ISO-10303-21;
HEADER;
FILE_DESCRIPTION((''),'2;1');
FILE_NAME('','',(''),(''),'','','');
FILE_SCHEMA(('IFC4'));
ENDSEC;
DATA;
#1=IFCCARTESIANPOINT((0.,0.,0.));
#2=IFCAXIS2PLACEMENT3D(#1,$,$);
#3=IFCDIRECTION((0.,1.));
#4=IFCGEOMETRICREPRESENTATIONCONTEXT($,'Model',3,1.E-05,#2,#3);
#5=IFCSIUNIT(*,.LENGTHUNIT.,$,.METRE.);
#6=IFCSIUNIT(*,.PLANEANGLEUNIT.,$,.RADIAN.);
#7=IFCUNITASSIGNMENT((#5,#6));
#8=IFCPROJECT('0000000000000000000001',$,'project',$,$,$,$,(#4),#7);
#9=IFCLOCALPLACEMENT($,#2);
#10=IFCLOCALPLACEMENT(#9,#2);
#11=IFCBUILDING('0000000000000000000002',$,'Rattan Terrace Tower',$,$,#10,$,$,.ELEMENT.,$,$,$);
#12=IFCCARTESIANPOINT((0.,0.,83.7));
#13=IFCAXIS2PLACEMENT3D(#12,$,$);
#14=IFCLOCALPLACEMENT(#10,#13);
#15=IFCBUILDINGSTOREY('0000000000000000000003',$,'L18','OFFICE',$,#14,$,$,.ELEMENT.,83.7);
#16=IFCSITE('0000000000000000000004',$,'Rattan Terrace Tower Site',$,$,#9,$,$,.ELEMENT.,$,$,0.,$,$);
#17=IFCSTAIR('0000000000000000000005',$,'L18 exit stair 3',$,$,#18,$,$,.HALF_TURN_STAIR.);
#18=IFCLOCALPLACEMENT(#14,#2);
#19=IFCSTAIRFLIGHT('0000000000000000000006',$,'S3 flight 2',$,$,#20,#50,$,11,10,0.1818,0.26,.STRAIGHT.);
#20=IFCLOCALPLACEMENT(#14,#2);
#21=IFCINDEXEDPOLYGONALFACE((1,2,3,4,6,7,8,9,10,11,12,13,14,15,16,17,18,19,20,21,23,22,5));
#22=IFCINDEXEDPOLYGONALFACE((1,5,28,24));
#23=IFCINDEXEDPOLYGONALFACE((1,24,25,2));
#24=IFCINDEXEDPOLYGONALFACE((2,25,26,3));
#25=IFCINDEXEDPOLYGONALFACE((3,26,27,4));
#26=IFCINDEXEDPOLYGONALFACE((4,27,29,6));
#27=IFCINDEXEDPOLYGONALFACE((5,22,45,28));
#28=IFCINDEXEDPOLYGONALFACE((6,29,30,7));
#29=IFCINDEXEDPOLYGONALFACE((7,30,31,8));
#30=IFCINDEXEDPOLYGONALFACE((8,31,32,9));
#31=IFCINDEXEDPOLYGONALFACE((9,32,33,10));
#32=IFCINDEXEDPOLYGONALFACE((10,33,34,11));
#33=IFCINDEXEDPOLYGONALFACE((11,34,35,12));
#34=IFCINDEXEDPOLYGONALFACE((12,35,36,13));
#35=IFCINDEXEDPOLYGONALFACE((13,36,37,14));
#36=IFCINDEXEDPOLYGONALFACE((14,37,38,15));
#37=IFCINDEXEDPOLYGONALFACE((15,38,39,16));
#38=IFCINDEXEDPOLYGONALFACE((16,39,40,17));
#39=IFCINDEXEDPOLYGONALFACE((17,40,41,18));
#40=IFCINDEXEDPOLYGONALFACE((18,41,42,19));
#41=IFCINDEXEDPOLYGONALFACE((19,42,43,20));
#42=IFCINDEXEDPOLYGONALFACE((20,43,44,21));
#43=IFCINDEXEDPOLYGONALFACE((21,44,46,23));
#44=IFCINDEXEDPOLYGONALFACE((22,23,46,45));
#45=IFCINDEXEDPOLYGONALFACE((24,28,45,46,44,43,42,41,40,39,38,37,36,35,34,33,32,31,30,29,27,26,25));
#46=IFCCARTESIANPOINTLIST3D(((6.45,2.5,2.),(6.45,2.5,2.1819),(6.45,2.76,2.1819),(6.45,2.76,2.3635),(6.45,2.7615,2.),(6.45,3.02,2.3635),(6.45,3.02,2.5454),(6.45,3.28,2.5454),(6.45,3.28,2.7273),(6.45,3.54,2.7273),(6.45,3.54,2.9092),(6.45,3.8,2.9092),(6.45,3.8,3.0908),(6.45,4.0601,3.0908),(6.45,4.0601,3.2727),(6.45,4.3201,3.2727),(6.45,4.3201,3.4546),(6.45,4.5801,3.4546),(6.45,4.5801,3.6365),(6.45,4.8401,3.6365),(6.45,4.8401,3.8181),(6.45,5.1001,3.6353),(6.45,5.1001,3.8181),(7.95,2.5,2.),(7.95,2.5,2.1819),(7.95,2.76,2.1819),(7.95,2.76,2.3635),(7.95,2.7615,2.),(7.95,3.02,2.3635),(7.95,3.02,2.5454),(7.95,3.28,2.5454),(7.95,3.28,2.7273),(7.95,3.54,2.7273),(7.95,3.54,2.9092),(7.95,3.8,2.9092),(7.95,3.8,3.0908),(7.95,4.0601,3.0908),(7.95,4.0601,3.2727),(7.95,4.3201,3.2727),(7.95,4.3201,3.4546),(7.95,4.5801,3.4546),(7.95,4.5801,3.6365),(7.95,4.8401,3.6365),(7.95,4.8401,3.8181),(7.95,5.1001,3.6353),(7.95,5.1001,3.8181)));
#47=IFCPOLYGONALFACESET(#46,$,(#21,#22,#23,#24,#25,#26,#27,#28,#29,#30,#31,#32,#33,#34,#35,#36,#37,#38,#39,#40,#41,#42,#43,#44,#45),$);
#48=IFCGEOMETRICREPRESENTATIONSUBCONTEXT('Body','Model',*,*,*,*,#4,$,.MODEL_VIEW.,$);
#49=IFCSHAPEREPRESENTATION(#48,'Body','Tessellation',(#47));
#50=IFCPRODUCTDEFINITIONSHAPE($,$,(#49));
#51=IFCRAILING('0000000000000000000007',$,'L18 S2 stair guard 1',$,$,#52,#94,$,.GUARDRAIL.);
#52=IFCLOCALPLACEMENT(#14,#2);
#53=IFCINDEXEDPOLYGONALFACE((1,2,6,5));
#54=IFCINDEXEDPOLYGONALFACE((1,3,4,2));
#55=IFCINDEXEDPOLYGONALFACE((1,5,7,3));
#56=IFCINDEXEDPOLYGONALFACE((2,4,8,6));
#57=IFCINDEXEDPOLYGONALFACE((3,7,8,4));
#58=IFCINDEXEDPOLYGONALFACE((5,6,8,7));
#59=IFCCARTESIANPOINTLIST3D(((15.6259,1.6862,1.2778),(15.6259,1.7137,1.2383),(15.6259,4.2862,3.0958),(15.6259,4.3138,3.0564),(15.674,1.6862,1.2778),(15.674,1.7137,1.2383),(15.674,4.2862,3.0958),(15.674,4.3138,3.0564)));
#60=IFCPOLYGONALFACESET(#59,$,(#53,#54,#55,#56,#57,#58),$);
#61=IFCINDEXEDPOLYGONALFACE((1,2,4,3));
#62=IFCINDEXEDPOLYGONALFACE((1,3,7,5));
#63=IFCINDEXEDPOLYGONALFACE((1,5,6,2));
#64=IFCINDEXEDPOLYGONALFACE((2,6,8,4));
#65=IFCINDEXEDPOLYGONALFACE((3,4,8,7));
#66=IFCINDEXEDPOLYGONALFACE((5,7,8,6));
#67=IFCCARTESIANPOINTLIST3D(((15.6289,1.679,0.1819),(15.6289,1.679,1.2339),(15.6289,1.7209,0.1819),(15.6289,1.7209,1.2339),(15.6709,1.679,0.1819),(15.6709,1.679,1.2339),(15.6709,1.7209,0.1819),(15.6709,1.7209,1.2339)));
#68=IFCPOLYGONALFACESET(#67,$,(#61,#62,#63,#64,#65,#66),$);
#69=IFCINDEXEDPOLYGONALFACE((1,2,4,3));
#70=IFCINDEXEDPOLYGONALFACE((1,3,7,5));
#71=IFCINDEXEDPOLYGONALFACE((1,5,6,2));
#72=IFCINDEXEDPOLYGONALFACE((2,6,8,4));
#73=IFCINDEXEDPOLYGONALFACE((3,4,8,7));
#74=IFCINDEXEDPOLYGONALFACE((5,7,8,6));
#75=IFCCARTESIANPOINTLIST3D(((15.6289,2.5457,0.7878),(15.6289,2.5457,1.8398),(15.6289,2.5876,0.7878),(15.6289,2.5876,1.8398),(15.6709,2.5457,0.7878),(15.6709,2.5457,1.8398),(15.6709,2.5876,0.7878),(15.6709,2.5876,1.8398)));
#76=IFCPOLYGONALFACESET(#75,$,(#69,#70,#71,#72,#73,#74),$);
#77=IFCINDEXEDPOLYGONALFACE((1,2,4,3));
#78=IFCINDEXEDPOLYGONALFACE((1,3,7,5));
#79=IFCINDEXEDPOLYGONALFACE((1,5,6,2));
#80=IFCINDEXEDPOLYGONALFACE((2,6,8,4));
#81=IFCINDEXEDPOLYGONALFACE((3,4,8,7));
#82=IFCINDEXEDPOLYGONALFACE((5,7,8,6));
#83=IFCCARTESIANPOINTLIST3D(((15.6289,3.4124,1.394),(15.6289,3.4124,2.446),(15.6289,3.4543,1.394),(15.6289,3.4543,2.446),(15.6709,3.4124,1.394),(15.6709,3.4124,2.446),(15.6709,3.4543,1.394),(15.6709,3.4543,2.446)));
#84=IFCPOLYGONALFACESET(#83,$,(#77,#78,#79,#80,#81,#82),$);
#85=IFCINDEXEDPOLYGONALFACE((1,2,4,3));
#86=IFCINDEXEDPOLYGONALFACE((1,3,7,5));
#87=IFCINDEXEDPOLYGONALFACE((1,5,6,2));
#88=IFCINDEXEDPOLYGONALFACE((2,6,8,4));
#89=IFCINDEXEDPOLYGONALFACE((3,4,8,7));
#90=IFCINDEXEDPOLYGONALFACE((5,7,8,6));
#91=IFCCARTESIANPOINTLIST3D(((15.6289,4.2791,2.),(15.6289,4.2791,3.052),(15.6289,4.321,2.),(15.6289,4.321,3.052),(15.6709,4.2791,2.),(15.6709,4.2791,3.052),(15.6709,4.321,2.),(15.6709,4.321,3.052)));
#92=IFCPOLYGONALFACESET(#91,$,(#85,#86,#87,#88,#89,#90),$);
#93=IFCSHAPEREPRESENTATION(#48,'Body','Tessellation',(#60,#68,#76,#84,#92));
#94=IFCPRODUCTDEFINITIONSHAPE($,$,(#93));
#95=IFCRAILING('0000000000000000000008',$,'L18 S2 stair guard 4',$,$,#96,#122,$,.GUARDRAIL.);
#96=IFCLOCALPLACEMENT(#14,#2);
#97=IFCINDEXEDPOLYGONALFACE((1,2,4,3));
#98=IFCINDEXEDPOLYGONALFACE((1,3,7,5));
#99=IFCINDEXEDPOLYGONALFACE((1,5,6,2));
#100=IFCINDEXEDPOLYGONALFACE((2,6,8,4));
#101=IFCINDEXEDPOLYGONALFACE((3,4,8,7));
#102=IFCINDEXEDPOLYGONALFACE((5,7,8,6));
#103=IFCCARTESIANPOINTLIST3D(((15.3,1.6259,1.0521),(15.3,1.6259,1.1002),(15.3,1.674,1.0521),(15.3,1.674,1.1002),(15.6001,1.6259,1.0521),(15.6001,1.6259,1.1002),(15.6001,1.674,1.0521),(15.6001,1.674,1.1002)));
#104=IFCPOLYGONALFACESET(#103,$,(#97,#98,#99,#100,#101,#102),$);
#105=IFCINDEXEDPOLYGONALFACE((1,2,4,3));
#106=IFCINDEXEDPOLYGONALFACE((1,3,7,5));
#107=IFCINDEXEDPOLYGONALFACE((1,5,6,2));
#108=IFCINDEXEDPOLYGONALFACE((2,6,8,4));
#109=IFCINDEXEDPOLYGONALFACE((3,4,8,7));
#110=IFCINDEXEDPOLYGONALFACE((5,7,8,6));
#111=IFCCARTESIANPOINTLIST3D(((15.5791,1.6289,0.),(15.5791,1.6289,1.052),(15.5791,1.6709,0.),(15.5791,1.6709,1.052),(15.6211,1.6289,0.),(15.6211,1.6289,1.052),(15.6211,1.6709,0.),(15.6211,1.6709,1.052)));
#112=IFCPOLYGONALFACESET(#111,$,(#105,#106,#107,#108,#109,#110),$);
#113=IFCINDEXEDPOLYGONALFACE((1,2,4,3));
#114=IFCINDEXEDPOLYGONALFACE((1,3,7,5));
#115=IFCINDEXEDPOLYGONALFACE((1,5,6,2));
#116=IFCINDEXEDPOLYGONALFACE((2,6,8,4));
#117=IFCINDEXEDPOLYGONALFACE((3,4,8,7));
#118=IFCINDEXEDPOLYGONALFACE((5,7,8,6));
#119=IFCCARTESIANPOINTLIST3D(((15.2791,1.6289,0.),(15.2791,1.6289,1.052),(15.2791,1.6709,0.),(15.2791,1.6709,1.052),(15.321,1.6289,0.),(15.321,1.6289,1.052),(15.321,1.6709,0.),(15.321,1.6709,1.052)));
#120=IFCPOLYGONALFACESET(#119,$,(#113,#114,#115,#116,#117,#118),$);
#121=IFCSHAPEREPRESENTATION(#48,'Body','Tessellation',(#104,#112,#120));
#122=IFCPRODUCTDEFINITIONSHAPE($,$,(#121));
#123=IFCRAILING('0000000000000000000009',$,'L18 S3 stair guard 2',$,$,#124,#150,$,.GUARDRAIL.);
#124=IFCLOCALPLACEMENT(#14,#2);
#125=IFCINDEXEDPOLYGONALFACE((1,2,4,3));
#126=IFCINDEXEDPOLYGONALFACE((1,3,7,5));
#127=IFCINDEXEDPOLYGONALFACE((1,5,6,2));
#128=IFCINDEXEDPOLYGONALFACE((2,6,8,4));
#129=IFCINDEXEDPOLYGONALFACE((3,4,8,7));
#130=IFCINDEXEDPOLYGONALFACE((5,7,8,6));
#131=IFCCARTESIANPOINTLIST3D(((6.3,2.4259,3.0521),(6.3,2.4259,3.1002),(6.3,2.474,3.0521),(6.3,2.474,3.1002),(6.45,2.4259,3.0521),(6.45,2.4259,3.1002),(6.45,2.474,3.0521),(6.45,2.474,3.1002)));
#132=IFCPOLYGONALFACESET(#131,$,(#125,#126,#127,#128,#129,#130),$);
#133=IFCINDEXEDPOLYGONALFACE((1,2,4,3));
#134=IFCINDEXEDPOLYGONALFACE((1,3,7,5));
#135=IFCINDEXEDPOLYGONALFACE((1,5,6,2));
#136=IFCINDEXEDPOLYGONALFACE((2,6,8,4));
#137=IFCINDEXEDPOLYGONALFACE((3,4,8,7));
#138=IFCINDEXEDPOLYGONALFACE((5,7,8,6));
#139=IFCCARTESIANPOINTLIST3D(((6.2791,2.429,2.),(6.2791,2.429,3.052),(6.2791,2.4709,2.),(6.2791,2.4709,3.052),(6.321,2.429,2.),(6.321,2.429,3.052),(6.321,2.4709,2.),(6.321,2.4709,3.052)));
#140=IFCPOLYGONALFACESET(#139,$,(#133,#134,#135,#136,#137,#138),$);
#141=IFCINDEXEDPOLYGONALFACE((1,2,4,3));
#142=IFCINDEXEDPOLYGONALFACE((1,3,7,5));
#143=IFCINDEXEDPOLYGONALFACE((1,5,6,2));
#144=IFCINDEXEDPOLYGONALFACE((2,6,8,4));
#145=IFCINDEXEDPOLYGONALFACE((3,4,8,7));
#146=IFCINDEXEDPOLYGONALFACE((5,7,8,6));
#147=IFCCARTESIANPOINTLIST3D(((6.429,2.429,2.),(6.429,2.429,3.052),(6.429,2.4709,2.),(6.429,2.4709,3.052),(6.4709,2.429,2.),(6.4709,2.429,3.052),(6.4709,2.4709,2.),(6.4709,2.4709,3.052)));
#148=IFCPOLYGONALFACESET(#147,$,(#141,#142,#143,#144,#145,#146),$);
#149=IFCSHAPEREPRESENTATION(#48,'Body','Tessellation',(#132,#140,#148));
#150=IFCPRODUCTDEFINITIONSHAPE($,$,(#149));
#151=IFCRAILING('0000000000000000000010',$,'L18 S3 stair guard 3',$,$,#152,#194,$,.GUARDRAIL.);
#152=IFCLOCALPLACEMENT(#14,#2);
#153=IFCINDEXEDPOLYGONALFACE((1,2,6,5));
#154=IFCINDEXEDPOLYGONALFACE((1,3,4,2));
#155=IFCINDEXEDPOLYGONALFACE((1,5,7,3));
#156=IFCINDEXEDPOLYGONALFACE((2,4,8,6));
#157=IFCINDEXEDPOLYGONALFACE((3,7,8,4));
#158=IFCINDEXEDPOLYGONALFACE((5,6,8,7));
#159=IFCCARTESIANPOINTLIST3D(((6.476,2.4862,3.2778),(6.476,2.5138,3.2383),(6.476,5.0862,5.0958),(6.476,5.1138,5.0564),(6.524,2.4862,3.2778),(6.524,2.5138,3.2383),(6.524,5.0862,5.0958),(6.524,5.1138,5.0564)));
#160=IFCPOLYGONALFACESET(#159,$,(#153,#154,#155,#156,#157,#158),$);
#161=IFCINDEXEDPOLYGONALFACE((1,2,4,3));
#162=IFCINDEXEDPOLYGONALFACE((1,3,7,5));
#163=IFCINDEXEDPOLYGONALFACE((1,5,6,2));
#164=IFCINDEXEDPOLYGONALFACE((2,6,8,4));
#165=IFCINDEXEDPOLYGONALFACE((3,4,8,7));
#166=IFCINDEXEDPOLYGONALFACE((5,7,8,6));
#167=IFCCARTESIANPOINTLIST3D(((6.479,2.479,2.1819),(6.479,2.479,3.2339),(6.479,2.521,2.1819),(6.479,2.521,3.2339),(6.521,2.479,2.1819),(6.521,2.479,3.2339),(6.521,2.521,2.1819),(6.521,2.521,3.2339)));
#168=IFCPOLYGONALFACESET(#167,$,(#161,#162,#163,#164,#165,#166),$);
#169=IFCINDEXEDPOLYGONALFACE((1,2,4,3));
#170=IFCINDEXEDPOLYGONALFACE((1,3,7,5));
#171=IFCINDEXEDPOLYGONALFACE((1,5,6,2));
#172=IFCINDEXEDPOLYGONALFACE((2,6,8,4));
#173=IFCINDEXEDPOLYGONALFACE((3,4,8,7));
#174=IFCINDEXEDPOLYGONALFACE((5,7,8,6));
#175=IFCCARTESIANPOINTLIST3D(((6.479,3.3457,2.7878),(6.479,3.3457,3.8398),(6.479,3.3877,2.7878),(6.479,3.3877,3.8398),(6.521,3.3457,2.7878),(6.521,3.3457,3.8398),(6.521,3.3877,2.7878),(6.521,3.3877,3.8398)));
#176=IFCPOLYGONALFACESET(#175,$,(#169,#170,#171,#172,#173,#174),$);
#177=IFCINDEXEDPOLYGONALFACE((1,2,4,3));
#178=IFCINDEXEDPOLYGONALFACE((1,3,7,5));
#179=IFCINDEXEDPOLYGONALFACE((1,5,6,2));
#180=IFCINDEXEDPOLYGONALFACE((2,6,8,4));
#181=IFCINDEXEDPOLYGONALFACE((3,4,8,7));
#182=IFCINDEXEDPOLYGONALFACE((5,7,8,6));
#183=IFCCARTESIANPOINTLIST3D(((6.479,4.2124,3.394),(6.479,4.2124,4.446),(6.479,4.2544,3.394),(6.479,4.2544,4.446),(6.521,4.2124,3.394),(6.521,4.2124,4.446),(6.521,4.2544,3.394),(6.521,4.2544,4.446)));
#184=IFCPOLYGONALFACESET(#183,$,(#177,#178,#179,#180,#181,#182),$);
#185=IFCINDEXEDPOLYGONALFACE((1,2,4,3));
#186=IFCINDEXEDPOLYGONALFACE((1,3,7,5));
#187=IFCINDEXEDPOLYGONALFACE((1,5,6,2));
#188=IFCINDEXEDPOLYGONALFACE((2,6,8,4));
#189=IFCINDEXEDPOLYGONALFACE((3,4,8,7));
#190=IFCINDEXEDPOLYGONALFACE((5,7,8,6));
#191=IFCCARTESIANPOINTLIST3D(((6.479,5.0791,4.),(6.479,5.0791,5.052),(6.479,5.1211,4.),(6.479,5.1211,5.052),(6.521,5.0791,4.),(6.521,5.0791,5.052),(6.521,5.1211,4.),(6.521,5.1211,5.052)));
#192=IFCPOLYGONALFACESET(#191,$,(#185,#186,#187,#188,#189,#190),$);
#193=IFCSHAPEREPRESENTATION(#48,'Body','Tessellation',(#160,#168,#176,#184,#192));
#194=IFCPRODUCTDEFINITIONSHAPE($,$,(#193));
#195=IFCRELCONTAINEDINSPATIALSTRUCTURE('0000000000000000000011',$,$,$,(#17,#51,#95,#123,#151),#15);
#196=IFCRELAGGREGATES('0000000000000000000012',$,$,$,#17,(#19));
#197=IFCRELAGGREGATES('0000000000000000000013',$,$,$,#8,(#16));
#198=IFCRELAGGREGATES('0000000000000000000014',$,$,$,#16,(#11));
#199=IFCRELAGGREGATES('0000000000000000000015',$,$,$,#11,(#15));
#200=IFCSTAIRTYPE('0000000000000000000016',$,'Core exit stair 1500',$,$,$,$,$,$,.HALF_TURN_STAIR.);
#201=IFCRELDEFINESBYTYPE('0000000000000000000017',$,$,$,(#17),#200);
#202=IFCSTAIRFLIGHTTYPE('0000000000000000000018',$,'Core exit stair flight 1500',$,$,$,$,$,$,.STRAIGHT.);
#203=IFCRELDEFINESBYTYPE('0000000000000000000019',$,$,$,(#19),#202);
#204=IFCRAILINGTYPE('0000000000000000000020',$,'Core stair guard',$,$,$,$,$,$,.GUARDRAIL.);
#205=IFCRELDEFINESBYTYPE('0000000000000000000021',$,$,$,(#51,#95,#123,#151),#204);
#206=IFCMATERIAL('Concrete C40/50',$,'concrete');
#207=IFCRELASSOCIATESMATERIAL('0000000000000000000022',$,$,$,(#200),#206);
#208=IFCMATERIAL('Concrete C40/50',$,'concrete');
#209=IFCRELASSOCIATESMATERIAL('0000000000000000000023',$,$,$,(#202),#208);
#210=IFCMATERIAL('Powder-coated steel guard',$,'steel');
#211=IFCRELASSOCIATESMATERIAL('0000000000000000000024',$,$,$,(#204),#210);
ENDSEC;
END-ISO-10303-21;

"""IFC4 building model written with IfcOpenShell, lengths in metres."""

from ifc_helpers import new_model, si_unit, direction, frame, origin, origin_2d, place, context, subcontext, project, spatial, polyline, rectangle, outline, extrude, material, type_object, element, aggregate, save


model = new_model("IFC4")

# Units and contexts
model_context = context("Model", 3, precision=1e-05, world=origin(), true_north=direction((0.0, 1.0)))
body_context = subcontext(model_context, "Body", "Model", "MODEL_VIEW")
ifc_project = project(units=[si_unit("LENGTHUNIT", "METRE"), si_unit("PLANEANGLEUNIT", "RADIAN")], contexts=[model_context])

# Site, building, storey
site_placement = place(None, origin())
site = spatial("IfcSite", under=ifc_project, at=site_placement, Name="Rattan Terrace Tower Site", CompositionType="ELEMENT", RefElevation=0.0)
building_placement = place(site_placement, origin())
building = spatial("IfcBuilding", under=site, at=building_placement, Name="Rattan Terrace Tower", CompositionType="ELEMENT")
storey_placement = place(building_placement, frame((0.0, 0.0, 83.7)))
storey = spatial("IfcBuildingStorey", under=building, at=storey_placement, Name="L18", Description="OFFICE", CompositionType="ELEMENT", Elevation=83.7)

# Shared definitions
ifc_material_1 = material(Name="Concrete C40/50", Category="concrete")
stair_type = type_object("IfcStairType", Name="Core exit stair 1500", PredefinedType="HALF_TURN_STAIR", material=ifc_material_1)
ifc_material_2 = material(Name="Concrete C40/50", Category="concrete")
stair_flight_type = type_object("IfcStairFlightType", Name="Core exit stair flight 1500", PredefinedType="STRAIGHT", material=ifc_material_2)

# Stair, stair flight
stair_1_placement = place(storey_placement, origin())
stair_1 = element("IfcStair", 1, at=stair_1_placement, inside=storey, type_object=stair_type, Name="L18 exit stair 3", PredefinedType="HALF_TURN_STAIR")
stair_flight_1_placement = place(storey_placement, frame((7.2, 2.5, 2.0), z_axis=(0.0, 0.0, 1.0), x_axis=(0.0, 1.0, 0.0)))
stair_flight_1 = element("IfcStairFlight", 2, at=stair_flight_1_placement, type_object=stair_flight_type, Name="S3 flight 2", NumberOfRisers=11, NumberOfTreads=10, PredefinedType="STRAIGHT", RiserHeight=0.1818, TreadLength=0.26, context=body_context, shape_type="SweptSolid", body=[
    extrude(outline(polyline([(0.0, 0.0), (0.0, 0.1819), (0.26, 0.1819), (0.26, 0.3635), (0.52, 0.3635), (0.52, 0.5454), (0.78, 0.5454), (0.78, 0.7273), (1.04, 0.7273), (1.04, 0.9092), (1.3, 0.9092), (1.3, 1.0908), (1.5601, 1.0908), (1.5601, 1.2727), (1.8201, 1.2727), (1.8201, 1.4546), (2.0801, 1.4546), (2.0801, 1.6365), (2.3401, 1.6365), (2.3401, 1.8181), (2.6001, 1.8181), (2.6001, 2.0), (2.6001, 1.6353), (0.2615, 0.0), (0.0, 0.0)])), frame((0.0, 0.75, 0.0), z_axis=(0.0, -1.0, 0.0), x_axis=(1.0, 0.0, 0.0)), (0.0, 0.0, 1.0), 1.5),
])
aggregate(stair_1, [stair_flight_1])

# Railings
ifc_material_3 = material(Name="Powder-coated steel guard", Category="steel")
railing_type_1 = type_object("IfcRailingType", Name="Core stair guard", PredefinedType="GUARDRAIL", material=ifc_material_3)
railing_1_placement = place(storey_placement, frame((15.6499, 1.7, 0.1819)))
element("IfcRailing", 3, at=railing_1_placement, inside=storey, type_object=railing_type_1, Name="L18 S2 stair guard 1", PredefinedType="GUARDRAIL", context=body_context, shape_type="SweptSolid", body=[
    extrude(rectangle(XDim=0.0481, YDim=0.0481, at=origin_2d()), frame((0.0, 0.0, 1.0762), z_axis=(0.0, 0.819521, 0.573049), x_axis=(-1.0, 0.0, 0.0)), (0.0, 0.0, 1.0), 3.1726),
    extrude(rectangle(XDim=0.042, YDim=0.042, at=origin_2d()), origin(), (0.0, 0.0, 1.0), 1.052),
    extrude(rectangle(XDim=0.042, YDim=0.042, at=origin_2d()), frame((0.0, 0.8667, 0.606)), (0.0, 0.0, 1.0), 1.052),
    extrude(rectangle(XDim=0.042, YDim=0.042, at=origin_2d()), frame((0.0, 1.7334, 1.2122)), (0.0, 0.0, 1.0), 1.052),
    extrude(rectangle(XDim=0.042, YDim=0.042, at=origin_2d()), frame((0.0, 2.6001, 1.8181)), (0.0, 0.0, 1.0), 1.052),
])
railing_2_placement = place(storey_placement, frame((15.6001, 1.6499, 0.0)))
element("IfcRailing", 4, at=railing_2_placement, inside=storey, type_object=railing_type_1, Name="L18 S2 stair guard 4", PredefinedType="GUARDRAIL", context=body_context, shape_type="SweptSolid", body=[
    extrude(rectangle(XDim=0.0481, YDim=0.0481, at=origin_2d()), frame((0.0, 0.0, 1.0762), z_axis=(-1.0, 0.0, 0.0), x_axis=(0.0, -1.0, 0.0)), (0.0, 0.0, 1.0), 0.3),
    extrude(rectangle(XDim=0.042, YDim=0.042, at=origin_2d()), origin(), (0.0, 0.0, 1.0), 1.052),
    extrude(rectangle(XDim=0.042, YDim=0.042, at=origin_2d()), frame((-0.3, 0.0, 0.0)), (0.0, 0.0, 1.0), 1.052),
])
railing_3_placement = place(storey_placement, frame((6.3, 2.45, 2.0)))
element("IfcRailing", 5, at=railing_3_placement, inside=storey, type_object=railing_type_1, Name="L18 S3 stair guard 2", PredefinedType="GUARDRAIL", context=body_context, shape_type="SweptSolid", body=[
    extrude(rectangle(XDim=0.0481, YDim=0.0481, at=origin_2d()), frame((0.0, 0.0, 1.0762), z_axis=(1.0, 0.0, 0.0), x_axis=(0.0, 1.0, 0.0)), (0.0, 0.0, 1.0), 0.1499),
    extrude(rectangle(XDim=0.042, YDim=0.042, at=origin_2d()), origin(), (0.0, 0.0, 1.0), 1.052),
    extrude(rectangle(XDim=0.042, YDim=0.042, at=origin_2d()), frame((0.1499, 0.0, 0.0)), (0.0, 0.0, 1.0), 1.052),
])
railing_4_placement = place(storey_placement, frame((6.5, 2.5, 2.1819)))
element("IfcRailing", 6, at=railing_4_placement, inside=storey, type_object=railing_type_1, Name="L18 S3 stair guard 3", PredefinedType="GUARDRAIL", context=body_context, shape_type="SweptSolid", body=[
    extrude(rectangle(XDim=0.0481, YDim=0.0481, at=origin_2d()), frame((0.0, 0.0, 1.0762), z_axis=(0.0, 0.819521, 0.573049), x_axis=(-1.0, 0.0, 0.0)), (0.0, 0.0, 1.0), 3.1726),
    extrude(rectangle(XDim=0.042, YDim=0.042, at=origin_2d()), origin(), (0.0, 0.0, 1.0), 1.052),
    extrude(rectangle(XDim=0.042, YDim=0.042, at=origin_2d()), frame((0.0, 0.8667, 0.606)), (0.0, 0.0, 1.0), 1.052),
    extrude(rectangle(XDim=0.042, YDim=0.042, at=origin_2d()), frame((0.0, 1.7334, 1.2122)), (0.0, 0.0, 1.0), 1.052),
    extrude(rectangle(XDim=0.042, YDim=0.042, at=origin_2d()), frame((0.0, 2.6001, 1.8181)), (0.0, 0.0, 1.0), 1.052),
])

save(model, "model.ifc")
